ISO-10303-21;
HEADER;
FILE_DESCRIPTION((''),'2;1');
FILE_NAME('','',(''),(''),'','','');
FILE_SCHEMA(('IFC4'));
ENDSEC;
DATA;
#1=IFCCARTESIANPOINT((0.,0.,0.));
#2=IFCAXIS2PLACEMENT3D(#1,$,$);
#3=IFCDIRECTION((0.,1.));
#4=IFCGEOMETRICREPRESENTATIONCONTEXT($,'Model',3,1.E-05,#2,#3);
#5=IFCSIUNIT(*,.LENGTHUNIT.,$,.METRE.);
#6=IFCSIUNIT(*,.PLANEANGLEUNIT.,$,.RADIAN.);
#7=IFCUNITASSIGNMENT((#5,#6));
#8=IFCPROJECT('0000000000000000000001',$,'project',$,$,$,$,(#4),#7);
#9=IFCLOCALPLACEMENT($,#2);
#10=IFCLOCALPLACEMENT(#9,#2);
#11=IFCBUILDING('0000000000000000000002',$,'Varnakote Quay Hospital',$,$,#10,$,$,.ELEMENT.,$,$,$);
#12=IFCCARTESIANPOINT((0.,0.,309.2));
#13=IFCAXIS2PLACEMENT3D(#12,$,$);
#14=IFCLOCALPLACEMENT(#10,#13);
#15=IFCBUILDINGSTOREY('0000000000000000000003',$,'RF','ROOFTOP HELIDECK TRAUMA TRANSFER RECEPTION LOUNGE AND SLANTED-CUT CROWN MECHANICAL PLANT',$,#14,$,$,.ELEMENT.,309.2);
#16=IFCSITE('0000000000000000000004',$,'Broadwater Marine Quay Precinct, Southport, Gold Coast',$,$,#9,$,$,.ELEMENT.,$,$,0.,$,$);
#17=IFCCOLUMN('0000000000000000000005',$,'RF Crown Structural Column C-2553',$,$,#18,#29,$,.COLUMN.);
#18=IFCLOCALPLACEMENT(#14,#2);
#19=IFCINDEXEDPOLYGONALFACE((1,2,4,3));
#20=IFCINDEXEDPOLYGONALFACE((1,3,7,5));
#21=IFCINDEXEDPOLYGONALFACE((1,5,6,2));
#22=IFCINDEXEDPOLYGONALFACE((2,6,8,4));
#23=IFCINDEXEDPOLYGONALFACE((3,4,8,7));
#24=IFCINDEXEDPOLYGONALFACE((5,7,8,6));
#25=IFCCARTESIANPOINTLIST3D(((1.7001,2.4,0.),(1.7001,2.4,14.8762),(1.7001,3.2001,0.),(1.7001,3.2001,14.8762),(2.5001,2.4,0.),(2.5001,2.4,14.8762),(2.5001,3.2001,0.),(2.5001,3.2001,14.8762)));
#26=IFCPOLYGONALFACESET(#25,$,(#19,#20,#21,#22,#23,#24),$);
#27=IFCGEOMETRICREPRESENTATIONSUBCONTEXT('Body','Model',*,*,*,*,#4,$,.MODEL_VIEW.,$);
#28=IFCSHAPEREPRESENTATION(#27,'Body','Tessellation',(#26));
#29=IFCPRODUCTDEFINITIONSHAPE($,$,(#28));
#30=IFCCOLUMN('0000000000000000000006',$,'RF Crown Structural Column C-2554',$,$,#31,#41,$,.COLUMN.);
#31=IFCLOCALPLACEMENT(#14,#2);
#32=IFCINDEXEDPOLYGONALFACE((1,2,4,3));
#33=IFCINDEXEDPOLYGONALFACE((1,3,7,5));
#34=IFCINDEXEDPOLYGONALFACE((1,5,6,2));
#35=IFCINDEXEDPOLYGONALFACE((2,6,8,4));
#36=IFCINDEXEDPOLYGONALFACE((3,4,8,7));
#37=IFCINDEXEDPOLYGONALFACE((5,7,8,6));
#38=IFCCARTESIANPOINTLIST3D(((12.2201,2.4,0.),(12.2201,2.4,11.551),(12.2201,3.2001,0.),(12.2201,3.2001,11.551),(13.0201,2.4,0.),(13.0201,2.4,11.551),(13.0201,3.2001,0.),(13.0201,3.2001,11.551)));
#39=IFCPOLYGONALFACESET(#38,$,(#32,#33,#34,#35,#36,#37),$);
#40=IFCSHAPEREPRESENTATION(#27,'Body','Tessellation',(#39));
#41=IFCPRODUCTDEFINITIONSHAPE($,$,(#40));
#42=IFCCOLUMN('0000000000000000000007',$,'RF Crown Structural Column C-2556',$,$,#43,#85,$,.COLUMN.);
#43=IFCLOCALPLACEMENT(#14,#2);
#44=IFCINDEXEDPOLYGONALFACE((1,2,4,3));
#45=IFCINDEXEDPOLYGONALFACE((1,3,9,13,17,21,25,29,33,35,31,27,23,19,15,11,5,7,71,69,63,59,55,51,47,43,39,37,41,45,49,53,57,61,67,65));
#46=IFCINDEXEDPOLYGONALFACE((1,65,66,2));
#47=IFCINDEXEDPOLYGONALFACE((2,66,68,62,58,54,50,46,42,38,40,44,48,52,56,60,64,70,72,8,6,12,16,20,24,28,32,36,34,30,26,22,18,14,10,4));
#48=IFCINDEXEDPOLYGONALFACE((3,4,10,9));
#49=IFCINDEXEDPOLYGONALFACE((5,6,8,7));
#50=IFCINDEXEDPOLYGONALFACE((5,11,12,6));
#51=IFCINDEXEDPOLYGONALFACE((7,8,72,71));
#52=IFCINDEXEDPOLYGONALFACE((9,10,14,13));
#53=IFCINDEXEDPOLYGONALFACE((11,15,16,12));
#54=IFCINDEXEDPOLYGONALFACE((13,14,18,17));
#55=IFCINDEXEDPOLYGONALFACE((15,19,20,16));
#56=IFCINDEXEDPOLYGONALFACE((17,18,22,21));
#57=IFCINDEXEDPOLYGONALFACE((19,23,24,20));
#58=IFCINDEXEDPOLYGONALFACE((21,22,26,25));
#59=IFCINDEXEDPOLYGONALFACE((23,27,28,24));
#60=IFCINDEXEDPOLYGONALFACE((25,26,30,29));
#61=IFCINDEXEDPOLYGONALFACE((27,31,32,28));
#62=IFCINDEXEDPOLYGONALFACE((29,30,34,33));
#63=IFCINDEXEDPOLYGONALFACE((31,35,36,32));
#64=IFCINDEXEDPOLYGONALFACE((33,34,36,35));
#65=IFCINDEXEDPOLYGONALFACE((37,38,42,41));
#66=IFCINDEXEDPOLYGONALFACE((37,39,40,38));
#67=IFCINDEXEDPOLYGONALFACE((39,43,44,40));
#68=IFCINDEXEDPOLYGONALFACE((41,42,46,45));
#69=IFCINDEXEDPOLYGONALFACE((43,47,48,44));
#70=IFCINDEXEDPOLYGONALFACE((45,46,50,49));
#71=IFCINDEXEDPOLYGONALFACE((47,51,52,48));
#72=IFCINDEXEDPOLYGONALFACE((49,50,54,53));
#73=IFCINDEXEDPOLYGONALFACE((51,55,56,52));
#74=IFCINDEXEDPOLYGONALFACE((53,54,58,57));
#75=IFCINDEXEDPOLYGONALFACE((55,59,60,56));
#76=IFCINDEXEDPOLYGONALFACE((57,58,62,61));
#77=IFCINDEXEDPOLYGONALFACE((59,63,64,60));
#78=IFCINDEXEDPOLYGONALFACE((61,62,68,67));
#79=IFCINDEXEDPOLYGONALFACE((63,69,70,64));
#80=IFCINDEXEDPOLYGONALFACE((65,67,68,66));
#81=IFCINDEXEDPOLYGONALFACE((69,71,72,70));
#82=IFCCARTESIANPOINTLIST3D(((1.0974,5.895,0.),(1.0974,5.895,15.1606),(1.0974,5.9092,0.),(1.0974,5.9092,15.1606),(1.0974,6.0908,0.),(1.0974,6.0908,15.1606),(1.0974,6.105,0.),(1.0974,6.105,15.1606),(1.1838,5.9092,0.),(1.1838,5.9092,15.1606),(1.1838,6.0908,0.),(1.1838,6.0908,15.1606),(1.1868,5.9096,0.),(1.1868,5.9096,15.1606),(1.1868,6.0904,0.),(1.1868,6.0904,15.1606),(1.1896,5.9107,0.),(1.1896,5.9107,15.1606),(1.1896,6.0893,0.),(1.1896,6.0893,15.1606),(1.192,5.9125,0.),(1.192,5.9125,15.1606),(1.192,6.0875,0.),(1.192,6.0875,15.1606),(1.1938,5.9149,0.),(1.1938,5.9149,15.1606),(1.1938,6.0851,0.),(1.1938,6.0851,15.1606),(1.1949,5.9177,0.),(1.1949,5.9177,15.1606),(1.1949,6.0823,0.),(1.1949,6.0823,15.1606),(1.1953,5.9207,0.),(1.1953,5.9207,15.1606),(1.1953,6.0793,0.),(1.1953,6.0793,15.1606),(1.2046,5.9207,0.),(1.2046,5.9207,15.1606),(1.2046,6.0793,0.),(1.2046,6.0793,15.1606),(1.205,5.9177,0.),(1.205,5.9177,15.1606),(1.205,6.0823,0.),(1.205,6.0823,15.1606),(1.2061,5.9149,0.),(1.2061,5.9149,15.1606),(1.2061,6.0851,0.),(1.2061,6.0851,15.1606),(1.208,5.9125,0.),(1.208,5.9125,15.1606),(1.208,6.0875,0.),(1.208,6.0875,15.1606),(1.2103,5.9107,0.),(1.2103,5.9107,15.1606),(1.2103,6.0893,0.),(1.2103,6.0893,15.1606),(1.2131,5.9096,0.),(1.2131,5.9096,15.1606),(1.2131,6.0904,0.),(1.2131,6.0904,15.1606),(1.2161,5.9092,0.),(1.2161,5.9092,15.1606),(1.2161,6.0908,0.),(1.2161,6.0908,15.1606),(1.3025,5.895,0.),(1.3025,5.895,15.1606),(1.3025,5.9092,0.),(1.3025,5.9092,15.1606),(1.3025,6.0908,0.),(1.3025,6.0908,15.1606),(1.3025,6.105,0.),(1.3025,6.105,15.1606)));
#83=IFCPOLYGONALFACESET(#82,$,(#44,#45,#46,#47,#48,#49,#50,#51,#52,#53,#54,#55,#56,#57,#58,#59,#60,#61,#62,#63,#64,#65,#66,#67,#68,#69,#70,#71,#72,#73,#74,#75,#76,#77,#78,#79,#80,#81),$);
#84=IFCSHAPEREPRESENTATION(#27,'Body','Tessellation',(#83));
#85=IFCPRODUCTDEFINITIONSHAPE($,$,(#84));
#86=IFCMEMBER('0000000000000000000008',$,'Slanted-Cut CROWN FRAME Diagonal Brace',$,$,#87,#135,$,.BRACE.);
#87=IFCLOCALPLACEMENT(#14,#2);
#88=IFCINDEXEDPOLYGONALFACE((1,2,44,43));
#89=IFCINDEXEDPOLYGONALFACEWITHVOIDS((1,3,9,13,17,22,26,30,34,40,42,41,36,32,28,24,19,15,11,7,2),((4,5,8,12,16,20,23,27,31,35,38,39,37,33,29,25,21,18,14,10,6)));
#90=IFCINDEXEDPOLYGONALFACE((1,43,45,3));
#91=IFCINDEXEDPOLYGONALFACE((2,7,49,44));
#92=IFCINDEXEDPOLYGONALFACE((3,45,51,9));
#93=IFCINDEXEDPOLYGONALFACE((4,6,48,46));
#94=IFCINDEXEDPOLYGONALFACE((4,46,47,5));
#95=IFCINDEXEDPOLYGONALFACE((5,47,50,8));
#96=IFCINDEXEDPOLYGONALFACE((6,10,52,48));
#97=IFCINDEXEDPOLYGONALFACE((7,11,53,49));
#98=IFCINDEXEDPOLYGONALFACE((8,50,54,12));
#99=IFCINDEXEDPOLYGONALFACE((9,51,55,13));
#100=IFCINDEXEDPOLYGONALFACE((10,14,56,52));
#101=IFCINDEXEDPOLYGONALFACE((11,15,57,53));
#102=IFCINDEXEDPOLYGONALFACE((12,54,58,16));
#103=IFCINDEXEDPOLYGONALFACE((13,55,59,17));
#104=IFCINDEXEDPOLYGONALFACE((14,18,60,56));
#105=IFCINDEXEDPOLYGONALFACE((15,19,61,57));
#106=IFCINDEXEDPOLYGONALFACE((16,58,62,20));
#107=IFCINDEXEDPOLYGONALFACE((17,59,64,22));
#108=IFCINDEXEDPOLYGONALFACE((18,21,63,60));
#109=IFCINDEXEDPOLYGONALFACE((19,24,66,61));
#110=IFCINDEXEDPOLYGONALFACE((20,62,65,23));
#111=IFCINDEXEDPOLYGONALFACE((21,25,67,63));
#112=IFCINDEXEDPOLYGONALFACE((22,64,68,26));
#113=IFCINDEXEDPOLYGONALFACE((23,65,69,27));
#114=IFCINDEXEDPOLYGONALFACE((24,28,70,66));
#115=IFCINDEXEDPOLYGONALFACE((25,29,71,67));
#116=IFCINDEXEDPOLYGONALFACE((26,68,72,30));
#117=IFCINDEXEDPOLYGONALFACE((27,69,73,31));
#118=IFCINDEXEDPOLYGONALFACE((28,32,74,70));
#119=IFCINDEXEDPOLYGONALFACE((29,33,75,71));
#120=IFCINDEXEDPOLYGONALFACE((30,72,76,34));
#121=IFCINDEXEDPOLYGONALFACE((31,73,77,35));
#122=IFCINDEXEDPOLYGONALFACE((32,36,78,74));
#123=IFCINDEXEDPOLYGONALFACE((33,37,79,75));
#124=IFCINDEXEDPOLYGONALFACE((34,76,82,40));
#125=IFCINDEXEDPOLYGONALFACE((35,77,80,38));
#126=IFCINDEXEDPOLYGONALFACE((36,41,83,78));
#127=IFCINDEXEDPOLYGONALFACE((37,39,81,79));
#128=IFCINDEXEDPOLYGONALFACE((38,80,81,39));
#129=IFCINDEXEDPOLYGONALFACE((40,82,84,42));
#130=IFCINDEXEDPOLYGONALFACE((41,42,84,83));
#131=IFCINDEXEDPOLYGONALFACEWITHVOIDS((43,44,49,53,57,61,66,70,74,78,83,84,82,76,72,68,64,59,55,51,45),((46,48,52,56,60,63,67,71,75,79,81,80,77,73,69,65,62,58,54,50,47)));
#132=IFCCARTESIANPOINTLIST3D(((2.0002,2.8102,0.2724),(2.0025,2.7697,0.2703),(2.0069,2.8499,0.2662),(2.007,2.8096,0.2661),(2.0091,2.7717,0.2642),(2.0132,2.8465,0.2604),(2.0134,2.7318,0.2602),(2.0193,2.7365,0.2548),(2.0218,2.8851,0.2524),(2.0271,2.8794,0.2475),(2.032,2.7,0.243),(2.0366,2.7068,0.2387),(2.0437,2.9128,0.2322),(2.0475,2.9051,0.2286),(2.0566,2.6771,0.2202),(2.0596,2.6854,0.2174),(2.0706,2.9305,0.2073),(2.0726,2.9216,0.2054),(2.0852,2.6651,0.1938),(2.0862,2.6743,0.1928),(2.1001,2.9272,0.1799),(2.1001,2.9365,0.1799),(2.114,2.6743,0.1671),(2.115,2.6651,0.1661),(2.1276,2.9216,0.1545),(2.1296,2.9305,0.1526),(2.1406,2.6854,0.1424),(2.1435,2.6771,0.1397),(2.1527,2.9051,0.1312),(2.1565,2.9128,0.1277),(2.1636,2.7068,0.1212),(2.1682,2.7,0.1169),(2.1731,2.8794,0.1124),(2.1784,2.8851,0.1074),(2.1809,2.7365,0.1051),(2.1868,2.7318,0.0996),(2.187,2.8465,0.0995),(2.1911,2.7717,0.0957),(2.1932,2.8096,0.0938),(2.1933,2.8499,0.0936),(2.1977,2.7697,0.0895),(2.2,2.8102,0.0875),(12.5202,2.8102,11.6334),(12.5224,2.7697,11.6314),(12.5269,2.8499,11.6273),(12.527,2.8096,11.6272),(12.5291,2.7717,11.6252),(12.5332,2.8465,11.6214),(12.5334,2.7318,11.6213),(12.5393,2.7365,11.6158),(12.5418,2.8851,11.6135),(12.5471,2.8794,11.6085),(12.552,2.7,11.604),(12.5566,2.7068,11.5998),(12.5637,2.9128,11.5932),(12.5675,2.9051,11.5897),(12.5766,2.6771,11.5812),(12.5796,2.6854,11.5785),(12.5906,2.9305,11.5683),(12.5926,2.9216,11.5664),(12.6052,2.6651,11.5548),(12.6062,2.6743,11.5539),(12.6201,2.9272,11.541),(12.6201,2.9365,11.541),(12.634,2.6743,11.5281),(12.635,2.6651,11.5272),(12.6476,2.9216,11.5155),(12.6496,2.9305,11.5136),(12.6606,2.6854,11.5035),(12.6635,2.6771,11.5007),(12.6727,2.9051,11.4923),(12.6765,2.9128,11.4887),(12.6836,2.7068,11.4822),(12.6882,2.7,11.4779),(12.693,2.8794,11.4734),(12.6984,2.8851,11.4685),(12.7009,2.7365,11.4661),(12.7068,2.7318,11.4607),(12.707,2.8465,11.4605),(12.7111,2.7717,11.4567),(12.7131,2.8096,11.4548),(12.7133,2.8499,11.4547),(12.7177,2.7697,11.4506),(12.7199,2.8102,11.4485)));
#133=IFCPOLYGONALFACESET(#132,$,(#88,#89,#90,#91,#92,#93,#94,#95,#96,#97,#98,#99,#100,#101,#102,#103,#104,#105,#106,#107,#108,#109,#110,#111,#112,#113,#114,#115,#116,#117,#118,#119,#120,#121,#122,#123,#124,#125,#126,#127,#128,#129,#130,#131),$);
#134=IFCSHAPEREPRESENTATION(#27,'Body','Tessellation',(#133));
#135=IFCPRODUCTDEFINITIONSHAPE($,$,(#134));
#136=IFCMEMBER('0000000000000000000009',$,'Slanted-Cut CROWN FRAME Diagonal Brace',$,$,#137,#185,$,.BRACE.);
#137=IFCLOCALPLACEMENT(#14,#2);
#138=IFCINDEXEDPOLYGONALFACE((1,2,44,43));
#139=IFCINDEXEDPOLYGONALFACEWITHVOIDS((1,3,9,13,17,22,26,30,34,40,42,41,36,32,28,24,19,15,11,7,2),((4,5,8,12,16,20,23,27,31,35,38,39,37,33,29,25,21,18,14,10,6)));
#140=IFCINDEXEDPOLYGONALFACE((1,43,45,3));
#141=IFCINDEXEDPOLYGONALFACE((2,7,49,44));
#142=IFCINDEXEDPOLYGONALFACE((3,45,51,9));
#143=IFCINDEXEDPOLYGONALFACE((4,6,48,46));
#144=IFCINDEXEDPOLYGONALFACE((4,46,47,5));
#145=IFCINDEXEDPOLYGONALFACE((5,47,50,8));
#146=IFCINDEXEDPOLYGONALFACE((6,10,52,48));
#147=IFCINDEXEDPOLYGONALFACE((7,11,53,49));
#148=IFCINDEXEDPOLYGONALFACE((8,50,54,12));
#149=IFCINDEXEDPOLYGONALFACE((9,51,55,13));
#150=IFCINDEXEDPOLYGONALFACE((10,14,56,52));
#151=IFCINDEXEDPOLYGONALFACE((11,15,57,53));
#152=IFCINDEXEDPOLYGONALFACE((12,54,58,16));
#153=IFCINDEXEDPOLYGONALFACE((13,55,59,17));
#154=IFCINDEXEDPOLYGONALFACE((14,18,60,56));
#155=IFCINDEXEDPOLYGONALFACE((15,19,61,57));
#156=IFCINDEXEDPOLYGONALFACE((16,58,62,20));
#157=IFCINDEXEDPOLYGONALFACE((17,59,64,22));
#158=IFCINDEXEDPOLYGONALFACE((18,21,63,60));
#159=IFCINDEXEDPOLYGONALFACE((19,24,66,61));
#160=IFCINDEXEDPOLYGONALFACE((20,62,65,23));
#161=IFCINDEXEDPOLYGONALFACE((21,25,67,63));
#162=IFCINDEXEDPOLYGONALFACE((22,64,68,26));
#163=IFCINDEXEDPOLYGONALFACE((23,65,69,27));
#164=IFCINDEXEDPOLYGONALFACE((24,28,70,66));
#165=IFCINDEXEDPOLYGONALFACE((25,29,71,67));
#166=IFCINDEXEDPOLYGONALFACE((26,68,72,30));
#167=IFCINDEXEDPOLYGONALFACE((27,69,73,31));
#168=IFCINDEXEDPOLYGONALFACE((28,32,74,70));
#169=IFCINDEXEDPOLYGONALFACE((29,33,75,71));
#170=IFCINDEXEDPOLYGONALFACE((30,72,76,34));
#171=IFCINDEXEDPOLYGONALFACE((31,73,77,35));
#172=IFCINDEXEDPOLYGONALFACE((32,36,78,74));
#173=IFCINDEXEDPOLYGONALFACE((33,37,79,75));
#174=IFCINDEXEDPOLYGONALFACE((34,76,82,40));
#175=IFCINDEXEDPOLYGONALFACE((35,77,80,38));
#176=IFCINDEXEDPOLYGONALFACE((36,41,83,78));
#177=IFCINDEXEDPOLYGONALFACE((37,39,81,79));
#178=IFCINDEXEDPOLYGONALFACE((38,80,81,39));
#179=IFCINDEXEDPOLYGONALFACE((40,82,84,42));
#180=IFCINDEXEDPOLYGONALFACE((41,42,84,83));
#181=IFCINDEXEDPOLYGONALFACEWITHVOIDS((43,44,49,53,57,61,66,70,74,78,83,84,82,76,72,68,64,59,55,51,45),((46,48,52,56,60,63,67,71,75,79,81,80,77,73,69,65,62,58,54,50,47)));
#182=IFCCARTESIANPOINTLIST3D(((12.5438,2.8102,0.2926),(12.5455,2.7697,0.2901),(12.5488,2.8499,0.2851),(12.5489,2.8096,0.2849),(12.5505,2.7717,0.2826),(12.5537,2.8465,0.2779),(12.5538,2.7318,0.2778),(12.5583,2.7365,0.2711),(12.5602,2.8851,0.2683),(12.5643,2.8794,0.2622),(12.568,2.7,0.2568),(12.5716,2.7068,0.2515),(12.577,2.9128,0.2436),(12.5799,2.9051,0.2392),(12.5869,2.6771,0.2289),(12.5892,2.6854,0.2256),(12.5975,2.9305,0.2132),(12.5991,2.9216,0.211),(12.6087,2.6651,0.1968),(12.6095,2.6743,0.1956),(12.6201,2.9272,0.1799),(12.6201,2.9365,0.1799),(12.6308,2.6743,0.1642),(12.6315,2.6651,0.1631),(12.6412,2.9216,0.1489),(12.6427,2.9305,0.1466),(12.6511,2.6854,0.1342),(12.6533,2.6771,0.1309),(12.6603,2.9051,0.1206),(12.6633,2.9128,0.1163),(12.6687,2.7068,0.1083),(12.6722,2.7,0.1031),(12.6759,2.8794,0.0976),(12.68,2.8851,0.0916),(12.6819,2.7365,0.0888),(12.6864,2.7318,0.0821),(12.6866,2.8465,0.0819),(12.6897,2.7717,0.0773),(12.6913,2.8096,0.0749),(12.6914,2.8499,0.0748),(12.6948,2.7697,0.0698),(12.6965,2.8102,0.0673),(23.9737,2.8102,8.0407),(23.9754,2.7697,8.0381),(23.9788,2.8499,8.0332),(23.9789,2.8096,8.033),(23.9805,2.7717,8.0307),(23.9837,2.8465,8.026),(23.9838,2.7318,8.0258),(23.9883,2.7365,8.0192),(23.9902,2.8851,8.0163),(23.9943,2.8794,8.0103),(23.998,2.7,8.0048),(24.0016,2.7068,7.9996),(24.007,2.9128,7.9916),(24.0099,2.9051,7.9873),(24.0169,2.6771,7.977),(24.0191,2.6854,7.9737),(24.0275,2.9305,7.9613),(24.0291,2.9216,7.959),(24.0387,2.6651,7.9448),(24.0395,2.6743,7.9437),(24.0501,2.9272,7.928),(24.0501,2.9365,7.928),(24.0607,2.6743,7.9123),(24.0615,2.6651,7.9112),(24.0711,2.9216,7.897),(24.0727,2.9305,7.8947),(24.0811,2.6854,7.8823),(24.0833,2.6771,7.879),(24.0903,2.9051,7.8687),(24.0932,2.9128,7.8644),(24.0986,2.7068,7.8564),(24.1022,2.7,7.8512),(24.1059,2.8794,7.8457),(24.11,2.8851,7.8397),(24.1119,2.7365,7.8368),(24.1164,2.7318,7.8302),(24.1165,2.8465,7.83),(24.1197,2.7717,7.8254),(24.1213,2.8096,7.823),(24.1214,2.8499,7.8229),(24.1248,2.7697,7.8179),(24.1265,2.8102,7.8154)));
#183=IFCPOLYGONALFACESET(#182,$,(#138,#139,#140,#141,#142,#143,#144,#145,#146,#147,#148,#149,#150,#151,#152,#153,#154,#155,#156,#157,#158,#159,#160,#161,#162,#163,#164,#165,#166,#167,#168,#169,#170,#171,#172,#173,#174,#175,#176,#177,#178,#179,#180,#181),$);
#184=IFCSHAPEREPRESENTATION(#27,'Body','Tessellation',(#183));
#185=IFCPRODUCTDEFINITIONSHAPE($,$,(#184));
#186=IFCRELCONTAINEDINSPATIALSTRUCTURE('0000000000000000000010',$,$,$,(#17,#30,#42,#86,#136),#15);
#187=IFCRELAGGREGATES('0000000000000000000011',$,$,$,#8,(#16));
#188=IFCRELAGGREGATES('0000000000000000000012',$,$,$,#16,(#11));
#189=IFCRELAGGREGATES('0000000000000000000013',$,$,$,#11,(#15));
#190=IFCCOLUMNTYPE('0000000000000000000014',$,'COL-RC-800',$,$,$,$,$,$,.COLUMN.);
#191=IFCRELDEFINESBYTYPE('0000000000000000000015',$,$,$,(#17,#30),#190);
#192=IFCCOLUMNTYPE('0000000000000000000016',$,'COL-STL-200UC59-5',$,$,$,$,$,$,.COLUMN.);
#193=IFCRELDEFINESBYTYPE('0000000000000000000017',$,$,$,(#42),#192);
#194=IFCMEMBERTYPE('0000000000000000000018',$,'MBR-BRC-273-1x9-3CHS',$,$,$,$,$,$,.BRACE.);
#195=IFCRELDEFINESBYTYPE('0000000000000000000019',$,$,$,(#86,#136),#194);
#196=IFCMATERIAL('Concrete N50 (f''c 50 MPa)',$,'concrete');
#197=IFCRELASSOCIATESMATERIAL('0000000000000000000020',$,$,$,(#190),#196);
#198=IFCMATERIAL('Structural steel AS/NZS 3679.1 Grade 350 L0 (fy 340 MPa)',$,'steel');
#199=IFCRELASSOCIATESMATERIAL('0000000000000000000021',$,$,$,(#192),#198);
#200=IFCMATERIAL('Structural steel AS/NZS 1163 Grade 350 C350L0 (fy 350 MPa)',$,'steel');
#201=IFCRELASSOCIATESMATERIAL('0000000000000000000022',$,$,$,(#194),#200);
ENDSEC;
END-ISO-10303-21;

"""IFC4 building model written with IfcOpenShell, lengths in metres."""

from ifc_helpers import new_model, si_unit, direction, frame, origin, origin_2d, place, context, subcontext, project, spatial, rectangle, hollow_circle, i_section, extrude, material, material_profile, profile_set, type_object, element, save


model = new_model("IFC4")

# Units and contexts
model_context = context("Model", 3, precision=1e-05, world=origin(), true_north=direction((0.0, 1.0)))
body_context = subcontext(model_context, "Body", "Model", "MODEL_VIEW")
ifc_project = project(units=[si_unit("LENGTHUNIT", "METRE"), si_unit("PLANEANGLEUNIT", "RADIAN")], contexts=[model_context])

# Site, building, storey
site_placement = place(None, origin())
site = spatial("IfcSite", under=ifc_project, at=site_placement, Name="Broadwater Marine Quay Precinct, Southport, Gold Coast", CompositionType="ELEMENT", RefElevation=0.0)
building_placement = place(site_placement, origin())
building = spatial("IfcBuilding", under=site, at=building_placement, Name="Varnakote Quay Hospital", CompositionType="ELEMENT")
storey_placement = place(building_placement, frame((0.0, 0.0, 309.2)))
storey = spatial("IfcBuildingStorey", under=building, at=storey_placement, Name="RF", Description="ROOFTOP HELIDECK TRAUMA TRANSFER RECEPTION LOUNGE AND SLANTED-CUT CROWN MECHANICAL PLANT", CompositionType="ELEMENT", Elevation=309.2)

# Columns
ifc_material_1 = material(Name="Concrete N50 (f'c 50 MPa)", Category="concrete")
ifc_material_profile_1 = material_profile(ifc_material_1, rectangle(XDim=0.8, YDim=0.8, at=origin_2d()), Name="RC-COL-800x800")
ifc_profile_set_1 = profile_set([ifc_material_profile_1], Name="Concrete N50 (f'c 50 MPa)")
column_type_1 = type_object("IfcColumnType", Name="COL-RC-800", PredefinedType="COLUMN", material=ifc_profile_set_1)
column_1_placement = place(storey_placement, frame((2.1001, 2.8, 0.0), z_axis=(0.0, 0.0, 1.0), x_axis=(1.0, 0.0, 0.0)))
element("IfcColumn", 1, at=column_1_placement, inside=storey, type_object=column_type_1, Name="RF Crown Structural Column C-2553", PredefinedType="COLUMN", context=body_context, shape_type="SweptSolid", body=[
    extrude(rectangle(XDim=0.8, YDim=0.8, at=origin_2d()), origin(), (0.0, 0.0, 1.0), 14.8762),
])
column_2_placement = place(storey_placement, frame((12.6201, 2.8, 0.0), z_axis=(0.0, 0.0, 1.0), x_axis=(1.0, 0.0, 0.0)))
element("IfcColumn", 2, at=column_2_placement, inside=storey, type_object=column_type_1, Name="RF Crown Structural Column C-2554", PredefinedType="COLUMN", context=body_context, shape_type="SweptSolid", body=[
    extrude(rectangle(XDim=0.8, YDim=0.8, at=origin_2d()), origin(), (0.0, 0.0, 1.0), 11.551),
])
ifc_material_2 = material(Name="Structural steel AS/NZS 3679.1 Grade 350 L0 (fy 340 MPa)", Category="steel")
ifc_material_profile_2 = material_profile(ifc_material_2, i_section(OverallWidth=0.2051, OverallDepth=0.21, WebThickness=0.0093, FlangeThickness=0.0142, FilletRadius=0.0115, at=origin_2d()), Name="200UC59.5")
ifc_profile_set_2 = profile_set([ifc_material_profile_2], Name="Structural steel AS/NZS 3679.1 Grade 350 L0 (fy 340 MPa)")
column_type_2 = type_object("IfcColumnType", Name="COL-STL-200UC59-5", PredefinedType="COLUMN", material=ifc_profile_set_2)
column_3_placement = place(storey_placement, frame((1.2, 6.0, 0.0), z_axis=(0.0, 0.0, 1.0), x_axis=(1.0, 0.0, 0.0)))
element("IfcColumn", 3, at=column_3_placement, inside=storey, type_object=column_type_2, Name="RF Crown Structural Column C-2556", PredefinedType="COLUMN", context=body_context, shape_type="SweptSolid", body=[
    extrude(i_section(OverallWidth=0.2051, OverallDepth=0.21, WebThickness=0.0093, FlangeThickness=0.0142, FilletRadius=0.0115, at=origin_2d()), origin(), (0.0, 0.0, 1.0), 15.1606),
])

# Members
ifc_material_3 = material(Name="Structural steel AS/NZS 1163 Grade 350 C350L0 (fy 350 MPa)", Category="steel")
ifc_material_profile_3 = material_profile(ifc_material_3, hollow_circle(Radius=0.1365, WallThickness=0.0093, at=origin_2d()), Name="273.1x9.3CHS")
ifc_profile_set_3 = profile_set([ifc_material_profile_3], Name="Structural steel AS/NZS 1163 Grade 350 C350L0 (fy 350 MPa)")
member_type_1 = type_object("IfcMemberType", Name="MBR-BRC-273-1x9-3CHS", PredefinedType="BRACE", material=ifc_profile_set_3)
member_1_placement = place(storey_placement, frame((2.1001, 2.8, 0.1799), z_axis=(0.679425, 0.0, 0.733745), x_axis=(0.0, 1.0, 0.0)))
element("IfcMember", 4, at=member_1_placement, inside=storey, type_object=member_type_1, Name="Slanted-Cut CROWN FRAME Diagonal Brace", PredefinedType="BRACE", context=body_context, shape_type="SweptSolid", body=[
    extrude(hollow_circle(Radius=0.1365, WallThickness=0.0093, at=origin_2d()), origin(), (0.0, 0.0, 1.0), 15.4836),
])
member_2_placement = place(storey_placement, frame((12.6201, 2.8, 0.1799), z_axis=(0.827744, 0.0, 0.561106), x_axis=(0.0, 1.0, 0.0)))
element("IfcMember", 5, at=member_2_placement, inside=storey, type_object=member_type_1, Name="Slanted-Cut CROWN FRAME Diagonal Brace", PredefinedType="BRACE", context=body_context, shape_type="SweptSolid", body=[
    extrude(hollow_circle(Radius=0.1365, WallThickness=0.0093, at=origin_2d()), origin(), (0.0, 0.0, 1.0), 13.8086),
])

save(model, "model.ifc")
